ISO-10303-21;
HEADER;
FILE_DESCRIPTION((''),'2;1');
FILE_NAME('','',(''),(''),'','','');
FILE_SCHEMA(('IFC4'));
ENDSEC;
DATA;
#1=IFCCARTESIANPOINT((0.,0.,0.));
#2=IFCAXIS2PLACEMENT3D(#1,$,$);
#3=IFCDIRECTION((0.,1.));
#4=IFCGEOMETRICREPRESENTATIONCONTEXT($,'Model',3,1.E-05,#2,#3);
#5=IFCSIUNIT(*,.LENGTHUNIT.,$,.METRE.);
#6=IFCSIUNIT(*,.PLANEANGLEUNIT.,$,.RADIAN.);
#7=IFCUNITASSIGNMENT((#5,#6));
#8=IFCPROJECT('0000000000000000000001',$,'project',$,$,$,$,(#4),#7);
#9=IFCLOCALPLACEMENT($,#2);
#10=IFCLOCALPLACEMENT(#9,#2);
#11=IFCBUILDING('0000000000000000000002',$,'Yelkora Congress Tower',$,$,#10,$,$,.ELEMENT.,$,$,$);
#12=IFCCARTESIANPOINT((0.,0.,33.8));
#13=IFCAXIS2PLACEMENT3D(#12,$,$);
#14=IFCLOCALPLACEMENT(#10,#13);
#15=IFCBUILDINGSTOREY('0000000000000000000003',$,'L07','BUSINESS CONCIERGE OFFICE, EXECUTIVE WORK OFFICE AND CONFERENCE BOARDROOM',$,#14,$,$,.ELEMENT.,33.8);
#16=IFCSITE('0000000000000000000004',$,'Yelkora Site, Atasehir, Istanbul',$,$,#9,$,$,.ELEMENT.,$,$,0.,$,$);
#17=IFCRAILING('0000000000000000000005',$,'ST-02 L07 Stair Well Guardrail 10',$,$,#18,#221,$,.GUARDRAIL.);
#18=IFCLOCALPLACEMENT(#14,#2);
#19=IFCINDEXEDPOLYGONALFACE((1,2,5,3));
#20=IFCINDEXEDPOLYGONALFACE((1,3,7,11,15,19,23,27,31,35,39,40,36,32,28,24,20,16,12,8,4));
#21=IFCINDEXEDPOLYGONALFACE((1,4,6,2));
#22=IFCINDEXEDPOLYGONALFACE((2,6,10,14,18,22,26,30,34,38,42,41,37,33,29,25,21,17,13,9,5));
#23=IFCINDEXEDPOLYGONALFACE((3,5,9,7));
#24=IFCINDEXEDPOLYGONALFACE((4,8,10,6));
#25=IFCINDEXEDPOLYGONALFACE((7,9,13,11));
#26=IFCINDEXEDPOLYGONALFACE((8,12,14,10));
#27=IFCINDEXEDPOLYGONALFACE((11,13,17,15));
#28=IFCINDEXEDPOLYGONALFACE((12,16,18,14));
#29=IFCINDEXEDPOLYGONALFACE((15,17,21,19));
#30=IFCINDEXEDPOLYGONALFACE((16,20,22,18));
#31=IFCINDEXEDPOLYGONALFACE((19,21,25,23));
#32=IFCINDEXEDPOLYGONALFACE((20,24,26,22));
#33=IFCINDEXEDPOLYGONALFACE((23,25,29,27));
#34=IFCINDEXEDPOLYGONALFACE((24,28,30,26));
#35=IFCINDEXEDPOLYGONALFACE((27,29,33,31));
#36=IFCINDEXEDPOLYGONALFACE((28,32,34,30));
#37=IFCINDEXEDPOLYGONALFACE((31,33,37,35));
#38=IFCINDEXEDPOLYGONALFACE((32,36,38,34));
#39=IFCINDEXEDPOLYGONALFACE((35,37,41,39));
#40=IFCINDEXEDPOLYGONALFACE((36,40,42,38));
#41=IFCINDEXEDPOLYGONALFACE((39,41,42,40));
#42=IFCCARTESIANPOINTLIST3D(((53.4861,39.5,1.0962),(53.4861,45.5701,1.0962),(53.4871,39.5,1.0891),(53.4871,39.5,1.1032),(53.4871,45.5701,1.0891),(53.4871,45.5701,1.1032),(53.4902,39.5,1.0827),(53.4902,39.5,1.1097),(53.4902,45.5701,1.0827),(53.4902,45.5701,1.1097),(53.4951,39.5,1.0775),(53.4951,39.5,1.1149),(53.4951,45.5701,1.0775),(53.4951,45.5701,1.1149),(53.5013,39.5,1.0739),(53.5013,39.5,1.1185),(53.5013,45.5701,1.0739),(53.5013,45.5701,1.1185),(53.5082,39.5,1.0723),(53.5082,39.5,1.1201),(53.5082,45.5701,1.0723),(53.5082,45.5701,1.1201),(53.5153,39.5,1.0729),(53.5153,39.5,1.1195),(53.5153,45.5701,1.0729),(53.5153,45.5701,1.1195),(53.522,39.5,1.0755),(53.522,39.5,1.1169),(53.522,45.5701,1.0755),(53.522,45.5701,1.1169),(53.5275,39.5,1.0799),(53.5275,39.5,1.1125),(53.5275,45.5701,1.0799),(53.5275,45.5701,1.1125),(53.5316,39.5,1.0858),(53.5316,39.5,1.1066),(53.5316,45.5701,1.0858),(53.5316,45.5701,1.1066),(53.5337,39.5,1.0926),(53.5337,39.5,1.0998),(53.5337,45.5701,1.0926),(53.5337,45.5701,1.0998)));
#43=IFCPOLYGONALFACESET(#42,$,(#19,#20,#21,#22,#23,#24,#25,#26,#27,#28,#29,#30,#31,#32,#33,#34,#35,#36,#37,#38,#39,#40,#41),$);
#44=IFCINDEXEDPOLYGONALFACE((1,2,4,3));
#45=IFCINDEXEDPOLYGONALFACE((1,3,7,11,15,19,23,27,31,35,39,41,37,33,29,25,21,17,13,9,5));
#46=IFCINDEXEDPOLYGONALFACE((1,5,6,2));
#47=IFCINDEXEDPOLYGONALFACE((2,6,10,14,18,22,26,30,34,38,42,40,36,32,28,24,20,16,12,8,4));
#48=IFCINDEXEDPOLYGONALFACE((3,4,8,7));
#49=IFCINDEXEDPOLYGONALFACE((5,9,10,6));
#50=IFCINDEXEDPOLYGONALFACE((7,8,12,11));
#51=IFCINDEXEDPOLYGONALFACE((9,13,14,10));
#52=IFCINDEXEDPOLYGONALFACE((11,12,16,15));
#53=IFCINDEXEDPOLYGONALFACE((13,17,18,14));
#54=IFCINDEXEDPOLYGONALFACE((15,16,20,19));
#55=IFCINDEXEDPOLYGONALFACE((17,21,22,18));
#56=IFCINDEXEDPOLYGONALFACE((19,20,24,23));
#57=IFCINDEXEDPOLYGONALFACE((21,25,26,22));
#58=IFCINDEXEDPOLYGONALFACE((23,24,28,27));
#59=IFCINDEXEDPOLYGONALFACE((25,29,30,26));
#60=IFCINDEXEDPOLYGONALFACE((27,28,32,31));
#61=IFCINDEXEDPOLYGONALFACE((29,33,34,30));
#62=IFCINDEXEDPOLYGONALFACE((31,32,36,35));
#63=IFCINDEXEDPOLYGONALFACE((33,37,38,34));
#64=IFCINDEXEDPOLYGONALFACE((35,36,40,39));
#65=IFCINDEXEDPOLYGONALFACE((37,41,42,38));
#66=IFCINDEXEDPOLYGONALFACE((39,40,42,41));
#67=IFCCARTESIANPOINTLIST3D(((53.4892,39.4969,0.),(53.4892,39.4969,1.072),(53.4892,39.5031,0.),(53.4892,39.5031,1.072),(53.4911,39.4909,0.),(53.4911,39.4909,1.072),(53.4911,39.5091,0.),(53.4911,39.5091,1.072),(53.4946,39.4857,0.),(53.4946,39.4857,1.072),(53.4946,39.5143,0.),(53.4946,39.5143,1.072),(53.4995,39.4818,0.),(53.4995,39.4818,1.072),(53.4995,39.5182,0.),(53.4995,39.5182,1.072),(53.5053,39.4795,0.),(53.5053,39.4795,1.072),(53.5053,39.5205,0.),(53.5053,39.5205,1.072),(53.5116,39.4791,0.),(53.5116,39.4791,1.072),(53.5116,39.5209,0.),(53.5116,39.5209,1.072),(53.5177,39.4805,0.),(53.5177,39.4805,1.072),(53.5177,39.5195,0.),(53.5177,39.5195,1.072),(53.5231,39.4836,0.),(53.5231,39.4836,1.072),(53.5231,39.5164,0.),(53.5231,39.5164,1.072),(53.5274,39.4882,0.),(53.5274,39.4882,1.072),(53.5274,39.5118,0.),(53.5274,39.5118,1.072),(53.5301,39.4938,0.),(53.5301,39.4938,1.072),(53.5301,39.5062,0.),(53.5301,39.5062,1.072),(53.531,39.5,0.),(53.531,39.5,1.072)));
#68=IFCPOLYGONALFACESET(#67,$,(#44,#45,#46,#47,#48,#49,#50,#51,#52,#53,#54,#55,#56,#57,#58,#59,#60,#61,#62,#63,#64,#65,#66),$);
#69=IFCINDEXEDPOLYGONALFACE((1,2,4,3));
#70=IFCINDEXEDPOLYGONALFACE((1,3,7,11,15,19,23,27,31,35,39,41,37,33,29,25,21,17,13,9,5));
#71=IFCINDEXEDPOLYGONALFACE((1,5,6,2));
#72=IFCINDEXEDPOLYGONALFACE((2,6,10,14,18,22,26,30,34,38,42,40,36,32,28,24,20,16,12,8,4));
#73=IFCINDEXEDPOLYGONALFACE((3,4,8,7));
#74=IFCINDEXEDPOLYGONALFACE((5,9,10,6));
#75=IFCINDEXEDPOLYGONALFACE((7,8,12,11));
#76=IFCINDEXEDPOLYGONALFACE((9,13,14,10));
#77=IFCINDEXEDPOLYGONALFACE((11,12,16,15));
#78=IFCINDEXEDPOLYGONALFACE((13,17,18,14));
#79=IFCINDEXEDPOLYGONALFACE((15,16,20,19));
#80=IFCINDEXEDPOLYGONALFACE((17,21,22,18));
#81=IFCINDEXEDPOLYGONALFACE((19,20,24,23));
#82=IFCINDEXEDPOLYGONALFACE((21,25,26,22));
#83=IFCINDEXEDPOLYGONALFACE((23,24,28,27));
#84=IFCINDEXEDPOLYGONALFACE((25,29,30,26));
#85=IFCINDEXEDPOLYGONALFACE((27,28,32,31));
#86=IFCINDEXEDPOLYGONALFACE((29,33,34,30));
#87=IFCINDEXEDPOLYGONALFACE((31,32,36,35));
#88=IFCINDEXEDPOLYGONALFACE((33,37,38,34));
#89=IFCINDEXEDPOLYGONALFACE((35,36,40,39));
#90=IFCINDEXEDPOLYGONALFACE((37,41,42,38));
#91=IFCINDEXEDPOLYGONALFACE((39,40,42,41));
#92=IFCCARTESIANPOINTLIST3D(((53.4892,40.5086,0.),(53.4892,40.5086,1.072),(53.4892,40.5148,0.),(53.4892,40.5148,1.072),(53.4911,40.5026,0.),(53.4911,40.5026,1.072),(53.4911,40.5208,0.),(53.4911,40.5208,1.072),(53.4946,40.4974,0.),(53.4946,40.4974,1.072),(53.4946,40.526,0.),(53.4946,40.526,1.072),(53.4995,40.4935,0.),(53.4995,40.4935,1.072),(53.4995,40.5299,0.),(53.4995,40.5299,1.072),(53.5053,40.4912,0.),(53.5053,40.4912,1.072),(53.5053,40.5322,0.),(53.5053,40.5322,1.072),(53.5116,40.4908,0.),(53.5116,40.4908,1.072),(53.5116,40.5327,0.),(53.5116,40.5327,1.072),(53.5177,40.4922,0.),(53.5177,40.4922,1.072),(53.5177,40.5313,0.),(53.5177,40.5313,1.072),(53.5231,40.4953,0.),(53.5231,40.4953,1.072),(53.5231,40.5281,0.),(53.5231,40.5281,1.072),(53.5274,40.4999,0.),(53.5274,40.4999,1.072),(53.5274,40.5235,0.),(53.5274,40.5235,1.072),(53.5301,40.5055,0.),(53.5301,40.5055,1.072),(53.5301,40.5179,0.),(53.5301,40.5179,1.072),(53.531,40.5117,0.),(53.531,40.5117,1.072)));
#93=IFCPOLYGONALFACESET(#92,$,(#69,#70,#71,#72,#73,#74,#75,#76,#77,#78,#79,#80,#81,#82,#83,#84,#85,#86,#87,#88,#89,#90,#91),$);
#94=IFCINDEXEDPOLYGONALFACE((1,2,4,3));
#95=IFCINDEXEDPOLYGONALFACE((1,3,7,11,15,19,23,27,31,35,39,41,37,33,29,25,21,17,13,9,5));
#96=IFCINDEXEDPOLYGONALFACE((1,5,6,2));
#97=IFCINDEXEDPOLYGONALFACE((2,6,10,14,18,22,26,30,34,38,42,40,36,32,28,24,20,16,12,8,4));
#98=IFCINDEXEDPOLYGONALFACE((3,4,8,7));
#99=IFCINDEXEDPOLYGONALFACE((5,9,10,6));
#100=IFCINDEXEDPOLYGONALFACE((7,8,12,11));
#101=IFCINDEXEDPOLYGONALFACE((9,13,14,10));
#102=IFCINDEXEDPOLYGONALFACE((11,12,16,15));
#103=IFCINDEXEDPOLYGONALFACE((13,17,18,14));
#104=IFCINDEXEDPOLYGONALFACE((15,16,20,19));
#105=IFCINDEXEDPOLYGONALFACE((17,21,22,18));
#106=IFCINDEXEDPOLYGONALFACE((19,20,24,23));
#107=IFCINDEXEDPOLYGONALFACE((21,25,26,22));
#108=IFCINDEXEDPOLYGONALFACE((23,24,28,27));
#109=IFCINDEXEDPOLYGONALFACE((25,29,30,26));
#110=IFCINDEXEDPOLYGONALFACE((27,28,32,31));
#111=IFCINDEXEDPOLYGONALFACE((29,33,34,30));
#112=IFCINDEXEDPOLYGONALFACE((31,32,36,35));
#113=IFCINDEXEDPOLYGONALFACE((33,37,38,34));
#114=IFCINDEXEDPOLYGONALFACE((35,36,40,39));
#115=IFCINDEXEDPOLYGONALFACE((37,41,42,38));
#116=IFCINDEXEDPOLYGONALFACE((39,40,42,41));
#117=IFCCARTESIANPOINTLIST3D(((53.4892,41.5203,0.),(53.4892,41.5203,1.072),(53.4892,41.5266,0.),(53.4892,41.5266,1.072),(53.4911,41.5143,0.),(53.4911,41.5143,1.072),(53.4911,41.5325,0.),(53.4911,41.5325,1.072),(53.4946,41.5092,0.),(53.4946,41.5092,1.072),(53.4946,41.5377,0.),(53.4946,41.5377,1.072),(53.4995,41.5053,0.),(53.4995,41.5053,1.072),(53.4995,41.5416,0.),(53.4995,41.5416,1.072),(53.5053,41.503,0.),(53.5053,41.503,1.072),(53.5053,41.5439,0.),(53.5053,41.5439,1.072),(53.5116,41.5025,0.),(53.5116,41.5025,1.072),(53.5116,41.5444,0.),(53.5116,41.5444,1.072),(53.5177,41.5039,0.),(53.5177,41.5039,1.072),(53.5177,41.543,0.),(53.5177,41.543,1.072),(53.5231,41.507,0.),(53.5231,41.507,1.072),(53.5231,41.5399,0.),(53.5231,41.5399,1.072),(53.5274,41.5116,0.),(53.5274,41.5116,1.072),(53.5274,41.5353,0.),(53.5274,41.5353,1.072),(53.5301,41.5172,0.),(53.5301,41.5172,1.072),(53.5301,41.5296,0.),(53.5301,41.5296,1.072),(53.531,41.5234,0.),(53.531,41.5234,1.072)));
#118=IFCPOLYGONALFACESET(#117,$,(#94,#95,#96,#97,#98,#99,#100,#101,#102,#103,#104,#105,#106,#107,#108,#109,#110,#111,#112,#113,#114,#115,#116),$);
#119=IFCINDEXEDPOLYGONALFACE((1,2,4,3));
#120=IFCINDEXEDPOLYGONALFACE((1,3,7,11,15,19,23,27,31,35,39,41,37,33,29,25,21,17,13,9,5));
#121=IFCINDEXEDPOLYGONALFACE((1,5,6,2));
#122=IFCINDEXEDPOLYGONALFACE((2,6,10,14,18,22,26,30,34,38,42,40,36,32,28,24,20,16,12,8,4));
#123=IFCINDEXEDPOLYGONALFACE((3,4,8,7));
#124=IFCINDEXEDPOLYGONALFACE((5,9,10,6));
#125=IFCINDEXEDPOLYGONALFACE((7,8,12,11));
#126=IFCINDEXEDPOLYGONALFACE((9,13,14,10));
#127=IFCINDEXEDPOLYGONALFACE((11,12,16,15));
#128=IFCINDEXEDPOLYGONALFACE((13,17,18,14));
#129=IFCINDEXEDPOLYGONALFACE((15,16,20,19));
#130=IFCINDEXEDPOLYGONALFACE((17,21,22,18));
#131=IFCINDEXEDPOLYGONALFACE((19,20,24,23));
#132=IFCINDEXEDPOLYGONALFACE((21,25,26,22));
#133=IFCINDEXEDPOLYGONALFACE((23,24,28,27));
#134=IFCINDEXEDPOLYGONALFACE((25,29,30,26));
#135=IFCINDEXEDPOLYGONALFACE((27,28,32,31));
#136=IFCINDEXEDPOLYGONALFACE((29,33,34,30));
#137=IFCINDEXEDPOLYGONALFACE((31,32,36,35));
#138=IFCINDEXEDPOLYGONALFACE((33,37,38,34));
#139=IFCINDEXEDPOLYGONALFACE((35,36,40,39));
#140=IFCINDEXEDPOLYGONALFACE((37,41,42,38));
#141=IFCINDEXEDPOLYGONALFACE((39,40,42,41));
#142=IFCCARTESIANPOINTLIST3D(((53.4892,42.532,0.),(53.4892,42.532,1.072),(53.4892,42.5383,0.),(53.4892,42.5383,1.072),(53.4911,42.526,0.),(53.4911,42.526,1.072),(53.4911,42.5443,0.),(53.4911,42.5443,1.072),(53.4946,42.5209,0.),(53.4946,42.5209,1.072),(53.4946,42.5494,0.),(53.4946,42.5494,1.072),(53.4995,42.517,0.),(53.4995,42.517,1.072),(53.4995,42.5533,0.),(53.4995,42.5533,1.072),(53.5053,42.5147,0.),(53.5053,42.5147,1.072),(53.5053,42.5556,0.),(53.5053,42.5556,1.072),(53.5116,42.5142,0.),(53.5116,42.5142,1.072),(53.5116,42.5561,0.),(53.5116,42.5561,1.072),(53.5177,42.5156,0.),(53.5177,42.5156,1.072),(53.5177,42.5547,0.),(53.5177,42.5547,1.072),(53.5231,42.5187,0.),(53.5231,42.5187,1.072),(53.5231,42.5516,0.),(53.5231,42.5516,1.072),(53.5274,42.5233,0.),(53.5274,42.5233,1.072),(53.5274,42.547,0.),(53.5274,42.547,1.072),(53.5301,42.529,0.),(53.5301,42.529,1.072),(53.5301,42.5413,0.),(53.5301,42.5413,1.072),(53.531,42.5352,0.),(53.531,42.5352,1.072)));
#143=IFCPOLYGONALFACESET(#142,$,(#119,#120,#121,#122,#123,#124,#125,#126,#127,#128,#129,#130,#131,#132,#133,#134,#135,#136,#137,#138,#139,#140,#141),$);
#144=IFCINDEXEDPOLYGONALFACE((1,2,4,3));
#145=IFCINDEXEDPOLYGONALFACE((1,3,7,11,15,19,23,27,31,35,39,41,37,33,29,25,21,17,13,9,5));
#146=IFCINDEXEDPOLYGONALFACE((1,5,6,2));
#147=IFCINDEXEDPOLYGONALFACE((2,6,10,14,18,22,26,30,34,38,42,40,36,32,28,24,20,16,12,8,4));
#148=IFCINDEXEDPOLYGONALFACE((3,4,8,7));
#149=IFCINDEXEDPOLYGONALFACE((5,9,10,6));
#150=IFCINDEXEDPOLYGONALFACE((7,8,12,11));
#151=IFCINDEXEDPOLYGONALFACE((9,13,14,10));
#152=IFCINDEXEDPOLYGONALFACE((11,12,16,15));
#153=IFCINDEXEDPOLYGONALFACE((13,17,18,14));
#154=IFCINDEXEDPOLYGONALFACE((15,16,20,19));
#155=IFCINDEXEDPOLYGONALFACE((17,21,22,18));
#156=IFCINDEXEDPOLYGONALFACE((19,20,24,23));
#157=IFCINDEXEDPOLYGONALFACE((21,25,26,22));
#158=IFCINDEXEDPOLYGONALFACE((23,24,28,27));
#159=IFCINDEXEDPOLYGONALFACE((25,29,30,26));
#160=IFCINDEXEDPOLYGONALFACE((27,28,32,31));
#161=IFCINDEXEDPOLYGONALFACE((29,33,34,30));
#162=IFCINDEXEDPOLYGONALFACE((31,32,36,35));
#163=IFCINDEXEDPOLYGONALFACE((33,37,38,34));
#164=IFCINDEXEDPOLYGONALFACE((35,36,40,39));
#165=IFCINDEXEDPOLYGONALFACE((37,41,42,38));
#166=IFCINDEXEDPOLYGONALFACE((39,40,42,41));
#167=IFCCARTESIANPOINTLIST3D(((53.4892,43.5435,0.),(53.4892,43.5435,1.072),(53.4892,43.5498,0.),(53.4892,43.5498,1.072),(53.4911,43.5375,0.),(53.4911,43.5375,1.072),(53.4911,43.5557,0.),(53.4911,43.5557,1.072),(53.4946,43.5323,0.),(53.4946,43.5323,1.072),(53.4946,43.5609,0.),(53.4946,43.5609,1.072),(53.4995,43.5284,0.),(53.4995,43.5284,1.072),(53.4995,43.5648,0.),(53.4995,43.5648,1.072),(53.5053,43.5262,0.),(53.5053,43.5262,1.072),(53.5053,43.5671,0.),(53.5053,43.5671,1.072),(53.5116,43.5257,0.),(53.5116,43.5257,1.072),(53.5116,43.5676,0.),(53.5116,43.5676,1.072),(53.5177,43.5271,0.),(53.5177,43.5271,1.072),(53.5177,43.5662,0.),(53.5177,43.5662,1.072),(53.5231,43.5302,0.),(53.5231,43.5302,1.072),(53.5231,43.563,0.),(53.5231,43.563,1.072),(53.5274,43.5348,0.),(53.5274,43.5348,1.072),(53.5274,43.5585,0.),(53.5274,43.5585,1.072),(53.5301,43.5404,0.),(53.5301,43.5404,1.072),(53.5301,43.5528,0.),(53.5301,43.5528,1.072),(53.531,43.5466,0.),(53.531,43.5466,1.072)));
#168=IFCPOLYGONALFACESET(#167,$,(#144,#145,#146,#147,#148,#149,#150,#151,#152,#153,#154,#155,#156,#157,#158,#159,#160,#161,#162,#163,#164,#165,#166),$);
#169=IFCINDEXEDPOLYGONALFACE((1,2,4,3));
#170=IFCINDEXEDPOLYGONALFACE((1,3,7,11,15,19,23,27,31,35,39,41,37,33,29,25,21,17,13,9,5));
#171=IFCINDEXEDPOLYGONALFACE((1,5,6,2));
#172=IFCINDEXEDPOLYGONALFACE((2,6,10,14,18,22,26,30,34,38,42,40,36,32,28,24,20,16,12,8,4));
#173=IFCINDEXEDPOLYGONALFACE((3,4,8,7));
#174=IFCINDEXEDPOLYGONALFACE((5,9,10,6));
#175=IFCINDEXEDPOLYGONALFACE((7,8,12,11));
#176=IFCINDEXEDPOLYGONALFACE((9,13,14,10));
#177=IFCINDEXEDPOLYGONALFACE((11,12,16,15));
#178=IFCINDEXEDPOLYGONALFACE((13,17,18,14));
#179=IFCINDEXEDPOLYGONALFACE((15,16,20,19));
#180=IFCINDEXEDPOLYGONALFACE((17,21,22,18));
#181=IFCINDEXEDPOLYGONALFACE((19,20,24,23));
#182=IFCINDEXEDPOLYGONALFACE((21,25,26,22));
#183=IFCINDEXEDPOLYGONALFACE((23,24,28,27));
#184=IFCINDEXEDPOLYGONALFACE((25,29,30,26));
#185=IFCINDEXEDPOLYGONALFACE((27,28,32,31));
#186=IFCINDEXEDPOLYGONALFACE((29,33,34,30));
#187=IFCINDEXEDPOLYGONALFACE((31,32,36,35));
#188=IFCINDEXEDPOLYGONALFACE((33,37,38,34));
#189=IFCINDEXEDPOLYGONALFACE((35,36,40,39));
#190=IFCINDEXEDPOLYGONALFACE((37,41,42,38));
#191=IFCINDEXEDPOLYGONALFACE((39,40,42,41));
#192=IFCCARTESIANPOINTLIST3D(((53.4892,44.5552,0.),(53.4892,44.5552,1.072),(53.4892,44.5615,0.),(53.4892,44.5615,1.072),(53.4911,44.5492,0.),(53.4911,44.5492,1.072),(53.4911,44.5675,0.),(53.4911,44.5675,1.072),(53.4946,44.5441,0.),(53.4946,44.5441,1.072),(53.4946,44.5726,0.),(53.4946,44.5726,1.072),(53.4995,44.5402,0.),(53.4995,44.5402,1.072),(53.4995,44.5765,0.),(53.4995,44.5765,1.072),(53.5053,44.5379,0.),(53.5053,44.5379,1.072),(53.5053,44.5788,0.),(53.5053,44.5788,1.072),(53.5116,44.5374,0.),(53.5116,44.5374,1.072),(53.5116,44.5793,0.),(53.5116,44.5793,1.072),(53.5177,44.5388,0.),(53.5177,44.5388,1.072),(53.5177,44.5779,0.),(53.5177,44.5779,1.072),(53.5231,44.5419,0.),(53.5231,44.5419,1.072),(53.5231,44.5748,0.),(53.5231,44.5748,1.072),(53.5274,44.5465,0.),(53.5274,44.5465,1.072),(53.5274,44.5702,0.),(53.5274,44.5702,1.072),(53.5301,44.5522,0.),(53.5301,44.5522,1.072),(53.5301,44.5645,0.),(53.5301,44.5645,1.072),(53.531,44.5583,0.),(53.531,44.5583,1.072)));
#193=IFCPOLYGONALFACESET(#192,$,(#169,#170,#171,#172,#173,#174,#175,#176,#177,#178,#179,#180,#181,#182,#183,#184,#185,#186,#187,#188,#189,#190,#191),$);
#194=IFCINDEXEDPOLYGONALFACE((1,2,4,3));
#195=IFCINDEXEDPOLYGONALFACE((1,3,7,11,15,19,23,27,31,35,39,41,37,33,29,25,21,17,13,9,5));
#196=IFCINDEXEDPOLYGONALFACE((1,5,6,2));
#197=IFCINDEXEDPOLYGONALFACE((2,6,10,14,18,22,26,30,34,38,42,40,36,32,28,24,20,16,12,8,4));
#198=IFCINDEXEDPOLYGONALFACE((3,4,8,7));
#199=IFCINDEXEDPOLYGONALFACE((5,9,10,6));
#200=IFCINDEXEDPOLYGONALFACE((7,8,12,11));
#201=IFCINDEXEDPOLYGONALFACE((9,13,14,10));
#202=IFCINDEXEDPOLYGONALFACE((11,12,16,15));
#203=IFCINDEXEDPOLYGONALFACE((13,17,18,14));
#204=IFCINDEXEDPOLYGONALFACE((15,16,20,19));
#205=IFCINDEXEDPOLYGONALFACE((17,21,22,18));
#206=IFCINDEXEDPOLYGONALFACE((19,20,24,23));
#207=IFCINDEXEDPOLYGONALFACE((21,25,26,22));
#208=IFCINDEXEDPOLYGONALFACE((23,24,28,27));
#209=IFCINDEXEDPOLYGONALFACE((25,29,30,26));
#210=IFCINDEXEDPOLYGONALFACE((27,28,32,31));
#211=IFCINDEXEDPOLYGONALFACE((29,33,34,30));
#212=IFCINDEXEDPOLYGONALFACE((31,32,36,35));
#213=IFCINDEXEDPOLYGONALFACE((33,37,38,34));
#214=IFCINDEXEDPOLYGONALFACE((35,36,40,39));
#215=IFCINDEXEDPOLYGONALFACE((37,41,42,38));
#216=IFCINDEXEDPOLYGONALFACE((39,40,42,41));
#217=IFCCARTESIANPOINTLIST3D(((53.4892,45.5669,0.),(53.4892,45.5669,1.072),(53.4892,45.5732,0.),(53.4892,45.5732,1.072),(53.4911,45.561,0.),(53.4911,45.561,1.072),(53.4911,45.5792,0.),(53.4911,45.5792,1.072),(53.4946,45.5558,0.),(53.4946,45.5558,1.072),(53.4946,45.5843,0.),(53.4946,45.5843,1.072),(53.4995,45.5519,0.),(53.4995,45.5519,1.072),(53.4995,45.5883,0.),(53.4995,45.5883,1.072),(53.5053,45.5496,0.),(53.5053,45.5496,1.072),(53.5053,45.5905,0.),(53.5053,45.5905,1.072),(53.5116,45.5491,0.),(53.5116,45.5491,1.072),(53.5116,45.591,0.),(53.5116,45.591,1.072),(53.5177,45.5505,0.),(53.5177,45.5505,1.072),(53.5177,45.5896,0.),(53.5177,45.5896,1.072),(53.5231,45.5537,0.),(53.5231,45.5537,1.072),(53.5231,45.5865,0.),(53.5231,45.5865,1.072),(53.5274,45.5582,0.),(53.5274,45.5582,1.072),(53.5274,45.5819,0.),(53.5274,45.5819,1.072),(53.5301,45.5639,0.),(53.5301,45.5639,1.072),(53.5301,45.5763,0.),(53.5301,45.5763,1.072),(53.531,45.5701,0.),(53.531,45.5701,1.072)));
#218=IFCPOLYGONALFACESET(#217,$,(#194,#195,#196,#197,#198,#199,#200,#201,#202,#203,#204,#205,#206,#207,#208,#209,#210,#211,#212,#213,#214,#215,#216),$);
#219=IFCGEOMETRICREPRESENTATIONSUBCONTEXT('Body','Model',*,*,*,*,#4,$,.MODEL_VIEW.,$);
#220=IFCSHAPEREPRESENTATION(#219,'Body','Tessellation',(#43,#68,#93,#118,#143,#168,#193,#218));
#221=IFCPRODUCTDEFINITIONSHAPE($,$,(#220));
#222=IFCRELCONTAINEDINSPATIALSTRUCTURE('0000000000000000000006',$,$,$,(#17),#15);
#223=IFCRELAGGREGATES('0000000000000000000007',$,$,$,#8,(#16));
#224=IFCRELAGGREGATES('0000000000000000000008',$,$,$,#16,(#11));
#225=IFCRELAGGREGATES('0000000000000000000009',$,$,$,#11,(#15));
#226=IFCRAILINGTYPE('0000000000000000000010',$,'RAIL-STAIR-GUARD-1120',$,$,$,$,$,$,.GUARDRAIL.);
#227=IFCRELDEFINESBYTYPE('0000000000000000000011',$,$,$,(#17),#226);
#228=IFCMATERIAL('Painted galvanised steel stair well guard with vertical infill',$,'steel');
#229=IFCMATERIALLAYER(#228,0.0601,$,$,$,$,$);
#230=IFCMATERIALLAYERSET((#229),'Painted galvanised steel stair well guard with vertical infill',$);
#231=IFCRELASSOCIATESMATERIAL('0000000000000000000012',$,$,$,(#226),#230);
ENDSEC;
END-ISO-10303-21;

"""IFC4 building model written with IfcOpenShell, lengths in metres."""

from ifc_helpers import new_model, si_unit, direction, frame, origin, origin_2d, place, context, subcontext, project, spatial, circle, extrude, material, layer, layer_set, type_object, element, save


model = new_model("IFC4")

# Units and contexts
model_context = context("Model", 3, precision=1e-05, world=origin(), true_north=direction((0.0, 1.0)))
body_context = subcontext(model_context, "Body", "Model", "MODEL_VIEW")
ifc_project = project(units=[si_unit("LENGTHUNIT", "METRE"), si_unit("PLANEANGLEUNIT", "RADIAN")], contexts=[model_context])

# Site, building, storey
site_placement = place(None, origin())
site = spatial("IfcSite", under=ifc_project, at=site_placement, Name="Yelkora Site, Atasehir, Istanbul", CompositionType="ELEMENT", RefElevation=0.0)
building_placement = place(site_placement, origin())
building = spatial("IfcBuilding", under=site, at=building_placement, Name="Yelkora Congress Tower", CompositionType="ELEMENT")
storey_placement = place(building_placement, frame((0.0, 0.0, 33.8)))
storey = spatial("IfcBuildingStorey", under=building, at=storey_placement, Name="L07", Description="BUSINESS CONCIERGE OFFICE, EXECUTIVE WORK OFFICE AND CONFERENCE BOARDROOM", CompositionType="ELEMENT", Elevation=33.8)

# Railing
ifc_material_1 = material(Name="Painted galvanised steel stair well guard with vertical infill", Category="steel")
ifc_layer_1 = layer(ifc_material_1, 0.0601)
ifc_layer_set_1 = layer_set([ifc_layer_1], Name="Painted galvanised steel stair well guard with vertical infill")
railing_type_1 = type_object("IfcRailingType", Name="RAIL-STAIR-GUARD-1120", PredefinedType="GUARDRAIL", material=ifc_layer_set_1)
railing_1_placement = place(storey_placement, frame((53.51, 39.5, 0.0)))
element("IfcRailing", 1, at=railing_1_placement, inside=storey, type_object=railing_type_1, Name="ST-02 L07 Stair Well Guardrail 10", PredefinedType="GUARDRAIL", context=body_context, shape_type="SweptSolid", body=[
    extrude(circle(Radius=0.0239, at=origin_2d()), frame((0.0, 0.0, 1.0962), z_axis=(0.0, 1.0, 0.0), x_axis=(-1.0, 0.0, 0.0)), (0.0, 0.0, 1.0), 6.0701),
    extrude(circle(Radius=0.021, at=origin_2d()), origin(), (0.0, 0.0, 1.0), 1.072),
    extrude(circle(Radius=0.021, at=origin_2d()), frame((0.0, 1.0117, 0.0)), (0.0, 0.0, 1.0), 1.072),
    extrude(circle(Radius=0.021, at=origin_2d()), frame((0.0, 2.0234, 0.0)), (0.0, 0.0, 1.0), 1.072),
    extrude(circle(Radius=0.021, at=origin_2d()), frame((0.0, 3.0352, 0.0)), (0.0, 0.0, 1.0), 1.072),
    extrude(circle(Radius=0.021, at=origin_2d()), frame((0.0, 4.0466, 0.0)), (0.0, 0.0, 1.0), 1.072),
    extrude(circle(Radius=0.021, at=origin_2d()), frame((0.0, 5.0583, 0.0)), (0.0, 0.0, 1.0), 1.072),
    extrude(circle(Radius=0.021, at=origin_2d()), frame((0.0, 6.0701, 0.0)), (0.0, 0.0, 1.0), 1.072),
])

save(model, "model.ifc")
